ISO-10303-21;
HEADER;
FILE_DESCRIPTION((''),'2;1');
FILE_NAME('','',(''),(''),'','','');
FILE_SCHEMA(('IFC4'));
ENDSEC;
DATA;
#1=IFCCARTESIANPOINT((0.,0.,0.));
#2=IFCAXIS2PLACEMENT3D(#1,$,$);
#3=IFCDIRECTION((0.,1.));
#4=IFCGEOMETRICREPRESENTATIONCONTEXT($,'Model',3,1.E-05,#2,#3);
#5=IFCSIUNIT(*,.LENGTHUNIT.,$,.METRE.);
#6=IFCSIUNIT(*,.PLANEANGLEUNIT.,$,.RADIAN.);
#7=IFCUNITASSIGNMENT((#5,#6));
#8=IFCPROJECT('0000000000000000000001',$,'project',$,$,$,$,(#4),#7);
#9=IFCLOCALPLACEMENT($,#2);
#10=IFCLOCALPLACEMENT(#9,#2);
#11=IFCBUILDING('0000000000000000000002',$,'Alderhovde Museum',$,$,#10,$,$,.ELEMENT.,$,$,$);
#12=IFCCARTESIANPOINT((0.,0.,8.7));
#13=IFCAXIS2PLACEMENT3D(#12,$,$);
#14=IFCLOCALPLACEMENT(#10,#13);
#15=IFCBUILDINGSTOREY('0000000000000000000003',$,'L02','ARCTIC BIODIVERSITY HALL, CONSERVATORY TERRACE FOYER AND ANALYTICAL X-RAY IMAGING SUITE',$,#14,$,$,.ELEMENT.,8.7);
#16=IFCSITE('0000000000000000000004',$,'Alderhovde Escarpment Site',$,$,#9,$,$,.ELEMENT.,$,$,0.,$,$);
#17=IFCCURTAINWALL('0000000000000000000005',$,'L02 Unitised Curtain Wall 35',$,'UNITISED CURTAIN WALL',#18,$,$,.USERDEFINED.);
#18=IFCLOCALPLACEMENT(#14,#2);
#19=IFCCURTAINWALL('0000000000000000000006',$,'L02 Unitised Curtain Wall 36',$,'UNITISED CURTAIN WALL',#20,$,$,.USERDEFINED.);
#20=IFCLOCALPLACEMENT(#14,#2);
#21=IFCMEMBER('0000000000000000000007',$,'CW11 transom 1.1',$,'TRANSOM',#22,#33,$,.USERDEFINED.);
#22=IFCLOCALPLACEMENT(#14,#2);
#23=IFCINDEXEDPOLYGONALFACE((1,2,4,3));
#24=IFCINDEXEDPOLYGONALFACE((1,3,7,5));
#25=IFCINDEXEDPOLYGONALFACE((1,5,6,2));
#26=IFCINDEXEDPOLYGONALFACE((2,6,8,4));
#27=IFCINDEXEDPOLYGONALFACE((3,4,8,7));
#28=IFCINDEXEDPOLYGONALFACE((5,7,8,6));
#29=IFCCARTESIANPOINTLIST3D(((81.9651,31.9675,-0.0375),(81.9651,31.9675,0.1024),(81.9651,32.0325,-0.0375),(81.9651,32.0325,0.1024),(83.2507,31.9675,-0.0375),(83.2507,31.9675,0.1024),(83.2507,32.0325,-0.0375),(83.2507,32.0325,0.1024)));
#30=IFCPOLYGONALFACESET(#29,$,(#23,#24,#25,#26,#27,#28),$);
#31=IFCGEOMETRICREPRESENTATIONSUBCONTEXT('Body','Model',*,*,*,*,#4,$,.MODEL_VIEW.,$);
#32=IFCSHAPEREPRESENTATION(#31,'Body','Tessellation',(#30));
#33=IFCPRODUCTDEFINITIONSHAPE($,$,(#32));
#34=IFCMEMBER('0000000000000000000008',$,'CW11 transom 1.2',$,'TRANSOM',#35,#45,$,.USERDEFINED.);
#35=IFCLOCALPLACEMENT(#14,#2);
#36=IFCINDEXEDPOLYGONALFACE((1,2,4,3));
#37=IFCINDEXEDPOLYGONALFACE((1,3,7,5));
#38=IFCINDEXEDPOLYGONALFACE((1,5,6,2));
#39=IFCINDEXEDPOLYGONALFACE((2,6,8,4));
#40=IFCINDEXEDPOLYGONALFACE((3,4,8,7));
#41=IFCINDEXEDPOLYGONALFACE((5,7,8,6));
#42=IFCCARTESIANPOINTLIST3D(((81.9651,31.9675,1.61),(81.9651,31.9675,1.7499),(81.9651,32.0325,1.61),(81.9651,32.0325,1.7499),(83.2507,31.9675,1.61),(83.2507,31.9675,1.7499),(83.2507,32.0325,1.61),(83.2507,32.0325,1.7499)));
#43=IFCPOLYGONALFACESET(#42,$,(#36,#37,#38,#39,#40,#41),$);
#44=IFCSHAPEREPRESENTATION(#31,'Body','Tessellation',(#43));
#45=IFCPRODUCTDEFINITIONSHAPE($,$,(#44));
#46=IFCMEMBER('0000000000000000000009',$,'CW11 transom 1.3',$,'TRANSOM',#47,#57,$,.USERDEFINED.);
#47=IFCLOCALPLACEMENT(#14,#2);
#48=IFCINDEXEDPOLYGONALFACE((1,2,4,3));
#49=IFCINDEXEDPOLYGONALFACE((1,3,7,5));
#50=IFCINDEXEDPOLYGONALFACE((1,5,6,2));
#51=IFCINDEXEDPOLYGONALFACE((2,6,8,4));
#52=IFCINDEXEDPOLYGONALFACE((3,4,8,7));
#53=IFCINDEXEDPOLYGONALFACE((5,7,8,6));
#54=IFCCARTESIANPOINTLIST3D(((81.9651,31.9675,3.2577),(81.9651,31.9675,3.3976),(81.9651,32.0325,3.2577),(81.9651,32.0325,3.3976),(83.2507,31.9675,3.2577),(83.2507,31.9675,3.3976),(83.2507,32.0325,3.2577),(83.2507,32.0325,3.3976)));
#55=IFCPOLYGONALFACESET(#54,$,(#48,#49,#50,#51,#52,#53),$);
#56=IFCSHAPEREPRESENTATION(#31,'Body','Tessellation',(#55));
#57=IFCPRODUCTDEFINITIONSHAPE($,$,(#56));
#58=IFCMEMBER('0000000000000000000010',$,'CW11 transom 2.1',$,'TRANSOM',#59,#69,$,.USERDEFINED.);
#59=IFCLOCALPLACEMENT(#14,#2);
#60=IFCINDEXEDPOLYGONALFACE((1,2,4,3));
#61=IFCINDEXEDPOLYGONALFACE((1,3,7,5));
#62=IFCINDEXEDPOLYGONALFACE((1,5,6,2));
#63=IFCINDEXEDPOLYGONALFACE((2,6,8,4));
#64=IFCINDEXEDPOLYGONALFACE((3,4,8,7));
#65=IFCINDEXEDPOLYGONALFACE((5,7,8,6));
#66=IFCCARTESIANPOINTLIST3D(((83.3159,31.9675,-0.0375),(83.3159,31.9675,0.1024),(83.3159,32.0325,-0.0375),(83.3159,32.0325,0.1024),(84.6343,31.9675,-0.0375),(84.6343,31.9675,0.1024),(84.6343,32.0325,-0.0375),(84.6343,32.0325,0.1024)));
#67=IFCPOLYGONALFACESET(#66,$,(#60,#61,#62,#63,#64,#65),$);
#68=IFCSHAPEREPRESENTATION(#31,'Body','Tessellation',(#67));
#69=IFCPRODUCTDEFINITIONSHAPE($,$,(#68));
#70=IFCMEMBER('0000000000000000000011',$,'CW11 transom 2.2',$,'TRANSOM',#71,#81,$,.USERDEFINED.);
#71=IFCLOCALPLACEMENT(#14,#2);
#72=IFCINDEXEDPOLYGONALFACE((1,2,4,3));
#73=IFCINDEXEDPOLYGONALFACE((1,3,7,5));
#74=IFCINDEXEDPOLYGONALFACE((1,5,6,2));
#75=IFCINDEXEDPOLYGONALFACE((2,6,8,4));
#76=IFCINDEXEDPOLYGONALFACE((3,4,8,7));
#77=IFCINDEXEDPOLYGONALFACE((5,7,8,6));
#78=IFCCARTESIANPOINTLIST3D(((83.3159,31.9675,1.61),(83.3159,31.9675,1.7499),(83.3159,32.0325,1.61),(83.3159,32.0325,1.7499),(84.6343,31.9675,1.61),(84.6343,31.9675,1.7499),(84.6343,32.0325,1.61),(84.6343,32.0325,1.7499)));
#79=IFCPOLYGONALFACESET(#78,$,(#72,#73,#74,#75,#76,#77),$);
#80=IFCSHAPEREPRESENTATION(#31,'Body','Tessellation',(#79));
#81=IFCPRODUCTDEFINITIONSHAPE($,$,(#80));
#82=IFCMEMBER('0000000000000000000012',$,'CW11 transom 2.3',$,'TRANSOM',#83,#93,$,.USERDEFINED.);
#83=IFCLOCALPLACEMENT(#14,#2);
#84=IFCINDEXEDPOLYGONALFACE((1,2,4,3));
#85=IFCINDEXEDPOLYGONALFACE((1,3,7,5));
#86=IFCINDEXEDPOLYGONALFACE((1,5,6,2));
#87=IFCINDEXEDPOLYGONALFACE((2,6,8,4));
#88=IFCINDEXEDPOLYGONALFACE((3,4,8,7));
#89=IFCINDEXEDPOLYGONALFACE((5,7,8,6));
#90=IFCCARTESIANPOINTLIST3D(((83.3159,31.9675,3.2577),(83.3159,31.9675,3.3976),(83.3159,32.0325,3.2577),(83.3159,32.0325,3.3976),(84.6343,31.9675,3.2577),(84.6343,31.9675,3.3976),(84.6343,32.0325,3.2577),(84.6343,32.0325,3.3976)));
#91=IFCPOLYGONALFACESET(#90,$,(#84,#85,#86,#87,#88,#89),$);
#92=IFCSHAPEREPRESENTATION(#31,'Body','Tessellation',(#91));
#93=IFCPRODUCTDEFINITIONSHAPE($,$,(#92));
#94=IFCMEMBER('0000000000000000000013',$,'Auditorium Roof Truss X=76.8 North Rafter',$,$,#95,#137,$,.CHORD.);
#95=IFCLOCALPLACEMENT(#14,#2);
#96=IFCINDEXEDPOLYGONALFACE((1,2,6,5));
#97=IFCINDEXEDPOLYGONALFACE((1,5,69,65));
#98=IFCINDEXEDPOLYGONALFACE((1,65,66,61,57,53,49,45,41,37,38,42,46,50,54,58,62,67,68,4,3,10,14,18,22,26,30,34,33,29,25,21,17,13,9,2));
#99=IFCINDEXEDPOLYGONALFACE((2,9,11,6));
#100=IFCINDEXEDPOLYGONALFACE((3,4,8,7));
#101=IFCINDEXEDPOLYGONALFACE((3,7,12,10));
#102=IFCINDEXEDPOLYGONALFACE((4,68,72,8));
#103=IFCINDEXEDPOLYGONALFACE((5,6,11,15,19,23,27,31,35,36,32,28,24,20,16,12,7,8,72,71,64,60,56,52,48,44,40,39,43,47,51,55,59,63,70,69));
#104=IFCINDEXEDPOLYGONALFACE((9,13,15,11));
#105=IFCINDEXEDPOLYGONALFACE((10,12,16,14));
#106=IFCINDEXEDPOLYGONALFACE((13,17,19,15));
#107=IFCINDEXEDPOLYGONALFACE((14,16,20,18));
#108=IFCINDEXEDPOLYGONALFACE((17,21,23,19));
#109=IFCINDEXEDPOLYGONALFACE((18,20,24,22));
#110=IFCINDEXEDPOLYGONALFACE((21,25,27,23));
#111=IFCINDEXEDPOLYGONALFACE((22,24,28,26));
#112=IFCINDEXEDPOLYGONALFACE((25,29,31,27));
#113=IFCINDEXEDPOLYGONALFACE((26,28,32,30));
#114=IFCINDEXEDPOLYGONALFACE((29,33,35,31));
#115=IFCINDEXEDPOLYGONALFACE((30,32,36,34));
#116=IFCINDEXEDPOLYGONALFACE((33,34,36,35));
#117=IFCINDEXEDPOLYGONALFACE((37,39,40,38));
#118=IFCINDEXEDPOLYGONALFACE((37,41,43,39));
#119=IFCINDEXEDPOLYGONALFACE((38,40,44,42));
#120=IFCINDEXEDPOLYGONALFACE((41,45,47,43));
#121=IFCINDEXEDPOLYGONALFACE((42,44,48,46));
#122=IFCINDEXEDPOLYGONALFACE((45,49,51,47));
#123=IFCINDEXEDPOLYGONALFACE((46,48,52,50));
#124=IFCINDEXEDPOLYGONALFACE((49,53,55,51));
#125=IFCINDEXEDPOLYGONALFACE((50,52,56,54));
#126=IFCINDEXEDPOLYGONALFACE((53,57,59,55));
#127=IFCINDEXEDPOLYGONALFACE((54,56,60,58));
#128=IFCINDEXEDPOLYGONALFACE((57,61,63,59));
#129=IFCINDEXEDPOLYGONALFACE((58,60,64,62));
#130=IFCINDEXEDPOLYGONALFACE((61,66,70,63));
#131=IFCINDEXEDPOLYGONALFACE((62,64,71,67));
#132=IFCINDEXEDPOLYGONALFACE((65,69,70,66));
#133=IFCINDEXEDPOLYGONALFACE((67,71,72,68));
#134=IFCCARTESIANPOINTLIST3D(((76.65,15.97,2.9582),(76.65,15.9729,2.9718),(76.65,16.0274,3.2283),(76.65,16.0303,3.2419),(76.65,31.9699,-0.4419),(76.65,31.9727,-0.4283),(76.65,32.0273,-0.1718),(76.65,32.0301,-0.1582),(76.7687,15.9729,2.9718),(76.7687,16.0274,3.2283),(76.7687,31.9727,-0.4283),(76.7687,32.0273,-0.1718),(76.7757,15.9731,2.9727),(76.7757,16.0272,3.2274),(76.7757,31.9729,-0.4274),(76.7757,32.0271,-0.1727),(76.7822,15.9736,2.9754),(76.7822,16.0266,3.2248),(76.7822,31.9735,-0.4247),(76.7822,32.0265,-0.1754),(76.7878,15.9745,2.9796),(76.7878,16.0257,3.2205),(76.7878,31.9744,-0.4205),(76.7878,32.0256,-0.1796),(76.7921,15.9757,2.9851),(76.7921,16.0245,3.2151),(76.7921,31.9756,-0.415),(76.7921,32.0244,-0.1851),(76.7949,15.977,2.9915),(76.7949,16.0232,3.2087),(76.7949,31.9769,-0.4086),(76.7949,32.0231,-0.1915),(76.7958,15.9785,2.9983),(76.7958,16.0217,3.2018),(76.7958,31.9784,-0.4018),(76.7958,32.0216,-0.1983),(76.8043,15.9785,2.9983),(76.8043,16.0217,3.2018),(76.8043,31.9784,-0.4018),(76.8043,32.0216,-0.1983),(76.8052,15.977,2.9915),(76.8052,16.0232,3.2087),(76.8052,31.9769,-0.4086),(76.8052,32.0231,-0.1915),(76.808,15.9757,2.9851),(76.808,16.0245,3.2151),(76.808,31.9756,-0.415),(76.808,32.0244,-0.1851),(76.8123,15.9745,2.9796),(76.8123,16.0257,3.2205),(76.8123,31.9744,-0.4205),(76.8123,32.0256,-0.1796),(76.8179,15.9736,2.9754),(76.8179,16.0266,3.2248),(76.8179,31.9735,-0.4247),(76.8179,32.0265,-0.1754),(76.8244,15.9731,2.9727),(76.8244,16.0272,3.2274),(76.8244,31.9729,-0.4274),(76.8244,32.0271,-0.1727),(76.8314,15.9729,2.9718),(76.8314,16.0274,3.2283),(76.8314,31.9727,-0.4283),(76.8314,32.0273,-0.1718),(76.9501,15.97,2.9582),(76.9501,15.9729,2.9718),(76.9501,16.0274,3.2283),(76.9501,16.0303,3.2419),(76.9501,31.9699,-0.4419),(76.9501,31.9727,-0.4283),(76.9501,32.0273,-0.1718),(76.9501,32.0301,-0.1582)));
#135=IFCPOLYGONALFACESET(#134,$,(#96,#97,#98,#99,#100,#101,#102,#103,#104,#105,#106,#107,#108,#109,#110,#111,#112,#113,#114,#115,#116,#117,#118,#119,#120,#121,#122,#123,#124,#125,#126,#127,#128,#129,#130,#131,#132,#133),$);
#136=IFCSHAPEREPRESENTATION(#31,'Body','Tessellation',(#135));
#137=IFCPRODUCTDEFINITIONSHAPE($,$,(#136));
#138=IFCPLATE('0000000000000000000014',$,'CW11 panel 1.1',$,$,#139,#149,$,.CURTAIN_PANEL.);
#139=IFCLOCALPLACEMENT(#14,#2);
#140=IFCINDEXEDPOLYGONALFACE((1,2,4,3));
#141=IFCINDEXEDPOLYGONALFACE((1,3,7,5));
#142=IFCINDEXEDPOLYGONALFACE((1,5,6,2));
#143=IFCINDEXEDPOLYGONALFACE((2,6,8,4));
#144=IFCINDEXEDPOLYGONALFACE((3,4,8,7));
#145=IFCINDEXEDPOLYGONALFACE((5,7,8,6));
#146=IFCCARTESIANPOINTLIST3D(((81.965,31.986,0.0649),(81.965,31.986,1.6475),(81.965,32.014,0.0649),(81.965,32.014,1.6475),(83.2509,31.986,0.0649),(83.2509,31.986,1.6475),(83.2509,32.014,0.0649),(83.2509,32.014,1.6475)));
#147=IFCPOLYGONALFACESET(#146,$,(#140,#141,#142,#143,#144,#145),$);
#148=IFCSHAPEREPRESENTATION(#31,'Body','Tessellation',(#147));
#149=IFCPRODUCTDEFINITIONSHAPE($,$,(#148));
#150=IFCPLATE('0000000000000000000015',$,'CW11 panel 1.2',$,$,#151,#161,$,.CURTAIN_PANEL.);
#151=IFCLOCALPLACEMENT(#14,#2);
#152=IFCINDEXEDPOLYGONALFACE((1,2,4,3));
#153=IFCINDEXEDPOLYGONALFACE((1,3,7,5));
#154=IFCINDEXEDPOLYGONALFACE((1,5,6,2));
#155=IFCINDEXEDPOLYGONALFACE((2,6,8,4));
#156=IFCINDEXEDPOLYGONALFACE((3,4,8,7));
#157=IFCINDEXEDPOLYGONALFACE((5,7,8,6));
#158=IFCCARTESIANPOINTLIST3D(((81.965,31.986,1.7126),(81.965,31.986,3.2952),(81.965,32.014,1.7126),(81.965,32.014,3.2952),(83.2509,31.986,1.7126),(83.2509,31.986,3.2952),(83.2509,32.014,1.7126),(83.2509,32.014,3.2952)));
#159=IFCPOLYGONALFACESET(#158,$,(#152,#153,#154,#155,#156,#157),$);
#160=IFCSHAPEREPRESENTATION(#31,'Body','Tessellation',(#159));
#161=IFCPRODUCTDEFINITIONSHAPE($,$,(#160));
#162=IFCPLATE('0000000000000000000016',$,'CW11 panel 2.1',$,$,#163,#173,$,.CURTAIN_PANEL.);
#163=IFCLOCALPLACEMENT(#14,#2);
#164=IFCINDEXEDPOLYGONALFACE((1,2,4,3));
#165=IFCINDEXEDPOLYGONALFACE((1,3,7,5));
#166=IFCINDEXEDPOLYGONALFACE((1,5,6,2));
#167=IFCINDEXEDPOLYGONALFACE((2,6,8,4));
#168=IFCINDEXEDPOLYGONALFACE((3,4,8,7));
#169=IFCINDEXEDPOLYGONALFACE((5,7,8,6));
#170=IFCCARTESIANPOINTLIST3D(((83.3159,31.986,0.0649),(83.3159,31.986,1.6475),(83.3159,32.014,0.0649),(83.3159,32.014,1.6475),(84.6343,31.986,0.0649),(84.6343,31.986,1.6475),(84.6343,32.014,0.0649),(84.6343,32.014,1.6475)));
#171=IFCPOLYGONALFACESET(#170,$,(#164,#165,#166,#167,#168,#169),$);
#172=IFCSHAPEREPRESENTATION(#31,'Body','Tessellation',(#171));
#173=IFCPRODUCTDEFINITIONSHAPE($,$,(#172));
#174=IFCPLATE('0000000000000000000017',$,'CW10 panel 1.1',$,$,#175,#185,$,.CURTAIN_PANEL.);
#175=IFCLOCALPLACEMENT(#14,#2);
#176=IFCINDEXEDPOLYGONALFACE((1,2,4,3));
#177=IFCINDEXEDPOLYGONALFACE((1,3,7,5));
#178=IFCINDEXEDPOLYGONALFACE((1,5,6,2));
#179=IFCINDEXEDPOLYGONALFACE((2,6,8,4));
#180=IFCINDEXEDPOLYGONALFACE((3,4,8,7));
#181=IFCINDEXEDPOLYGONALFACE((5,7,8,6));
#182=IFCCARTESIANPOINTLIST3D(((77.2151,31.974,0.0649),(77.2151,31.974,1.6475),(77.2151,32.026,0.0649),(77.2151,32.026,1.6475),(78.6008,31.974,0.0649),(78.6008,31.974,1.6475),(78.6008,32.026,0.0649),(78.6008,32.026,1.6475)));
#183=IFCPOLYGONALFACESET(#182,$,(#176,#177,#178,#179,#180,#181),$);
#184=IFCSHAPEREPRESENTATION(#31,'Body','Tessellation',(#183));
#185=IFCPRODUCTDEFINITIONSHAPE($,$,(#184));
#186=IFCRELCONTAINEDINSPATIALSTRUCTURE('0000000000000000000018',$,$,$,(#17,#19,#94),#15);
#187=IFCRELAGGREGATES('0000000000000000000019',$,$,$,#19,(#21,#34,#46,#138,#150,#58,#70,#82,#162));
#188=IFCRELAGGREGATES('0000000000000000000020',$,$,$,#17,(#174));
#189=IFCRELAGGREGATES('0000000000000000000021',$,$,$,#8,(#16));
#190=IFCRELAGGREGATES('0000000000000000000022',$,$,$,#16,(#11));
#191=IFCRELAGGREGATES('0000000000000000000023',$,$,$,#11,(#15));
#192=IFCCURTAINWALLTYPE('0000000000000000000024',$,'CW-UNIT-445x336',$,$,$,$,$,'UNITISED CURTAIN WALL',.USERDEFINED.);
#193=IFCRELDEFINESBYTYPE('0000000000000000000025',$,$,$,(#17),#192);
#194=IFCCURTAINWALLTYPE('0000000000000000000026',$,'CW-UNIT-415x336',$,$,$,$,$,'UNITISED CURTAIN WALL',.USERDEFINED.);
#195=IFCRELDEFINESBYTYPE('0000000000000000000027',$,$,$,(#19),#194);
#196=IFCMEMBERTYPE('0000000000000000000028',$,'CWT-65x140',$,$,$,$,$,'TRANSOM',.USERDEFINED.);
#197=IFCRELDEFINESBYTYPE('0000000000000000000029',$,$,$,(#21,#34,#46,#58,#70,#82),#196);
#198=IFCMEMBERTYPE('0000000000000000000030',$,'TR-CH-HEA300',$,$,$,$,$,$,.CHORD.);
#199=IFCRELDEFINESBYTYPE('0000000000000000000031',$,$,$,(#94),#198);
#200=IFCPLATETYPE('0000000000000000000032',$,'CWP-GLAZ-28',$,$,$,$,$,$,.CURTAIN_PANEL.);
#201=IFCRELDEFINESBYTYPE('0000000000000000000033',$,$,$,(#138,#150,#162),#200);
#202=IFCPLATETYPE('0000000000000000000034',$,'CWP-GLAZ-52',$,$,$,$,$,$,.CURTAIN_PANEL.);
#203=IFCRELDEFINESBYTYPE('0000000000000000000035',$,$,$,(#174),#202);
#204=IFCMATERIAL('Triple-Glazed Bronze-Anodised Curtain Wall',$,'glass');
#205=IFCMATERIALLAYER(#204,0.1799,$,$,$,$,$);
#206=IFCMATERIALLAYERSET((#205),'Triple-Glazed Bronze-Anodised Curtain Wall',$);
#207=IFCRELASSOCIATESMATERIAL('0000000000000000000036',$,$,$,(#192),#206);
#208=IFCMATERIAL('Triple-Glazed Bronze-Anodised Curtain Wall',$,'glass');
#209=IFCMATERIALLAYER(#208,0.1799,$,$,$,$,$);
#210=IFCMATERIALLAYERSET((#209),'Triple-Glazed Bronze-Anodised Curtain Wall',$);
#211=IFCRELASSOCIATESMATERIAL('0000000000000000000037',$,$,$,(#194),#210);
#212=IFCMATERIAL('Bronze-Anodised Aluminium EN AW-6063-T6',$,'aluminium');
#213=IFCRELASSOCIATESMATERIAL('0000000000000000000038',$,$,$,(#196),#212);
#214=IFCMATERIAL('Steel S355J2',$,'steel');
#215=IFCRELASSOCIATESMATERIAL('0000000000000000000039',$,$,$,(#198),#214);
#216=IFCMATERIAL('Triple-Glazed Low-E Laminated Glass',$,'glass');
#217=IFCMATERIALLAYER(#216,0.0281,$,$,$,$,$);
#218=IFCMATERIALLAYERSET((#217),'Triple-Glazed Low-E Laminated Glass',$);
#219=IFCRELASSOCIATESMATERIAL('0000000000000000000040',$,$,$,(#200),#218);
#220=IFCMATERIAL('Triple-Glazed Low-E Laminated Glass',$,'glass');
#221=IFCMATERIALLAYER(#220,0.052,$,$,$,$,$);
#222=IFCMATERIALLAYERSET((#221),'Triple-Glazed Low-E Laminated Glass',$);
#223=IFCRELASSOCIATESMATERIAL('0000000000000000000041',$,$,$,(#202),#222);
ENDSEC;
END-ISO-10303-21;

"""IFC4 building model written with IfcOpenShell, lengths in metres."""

from ifc_helpers import new_model, si_unit, direction, frame, origin, origin_2d, place, context, subcontext, project, spatial, rectangle, i_section, extrude, material, layer, layer_set, material_profile, profile_set, type_object, element, aggregate, save


model = new_model("IFC4")

# Units and contexts
model_context = context("Model", 3, precision=1e-05, world=origin(), true_north=direction((0.0, 1.0)))
body_context = subcontext(model_context, "Body", "Model", "MODEL_VIEW")
ifc_project = project(units=[si_unit("LENGTHUNIT", "METRE"), si_unit("PLANEANGLEUNIT", "RADIAN")], contexts=[model_context])

# Site, building, storey
site_placement = place(None, origin())
site = spatial("IfcSite", under=ifc_project, at=site_placement, Name="Alderhovde Escarpment Site", CompositionType="ELEMENT", RefElevation=0.0)
building_placement = place(site_placement, origin())
building = spatial("IfcBuilding", under=site, at=building_placement, Name="Alderhovde Museum", CompositionType="ELEMENT")
storey_placement = place(building_placement, frame((0.0, 0.0, 8.7)))
storey = spatial("IfcBuildingStorey", under=building, at=storey_placement, Name="L02", Description="ARCTIC BIODIVERSITY HALL, CONSERVATORY TERRACE FOYER AND ANALYTICAL X-RAY IMAGING SUITE", CompositionType="ELEMENT", Elevation=8.7)

# Curtain walls
ifc_material_1 = material(Name="Triple-Glazed Bronze-Anodised Curtain Wall", Category="glass")
ifc_layer_1 = layer(ifc_material_1, 0.1799)
ifc_layer_set_1 = layer_set([ifc_layer_1], Name="Triple-Glazed Bronze-Anodised Curtain Wall")
curtain_wall_type_1 = type_object("IfcCurtainWallType", Name="CW-UNIT-445x336", ElementType="UNITISED CURTAIN WALL", PredefinedType="USERDEFINED", material=ifc_layer_set_1)
curtain_wall_1_placement = place(storey_placement, origin())
curtain_wall_1 = element("IfcCurtainWall", 1, at=curtain_wall_1_placement, inside=storey, type_object=curtain_wall_type_1, Name="L02 Unitised Curtain Wall 35", ObjectType="UNITISED CURTAIN WALL", PredefinedType="USERDEFINED")
ifc_material_2 = material(Name="Triple-Glazed Bronze-Anodised Curtain Wall", Category="glass")
ifc_layer_2 = layer(ifc_material_2, 0.1799)
ifc_layer_set_2 = layer_set([ifc_layer_2], Name="Triple-Glazed Bronze-Anodised Curtain Wall")
curtain_wall_type_2 = type_object("IfcCurtainWallType", Name="CW-UNIT-415x336", ElementType="UNITISED CURTAIN WALL", PredefinedType="USERDEFINED", material=ifc_layer_set_2)
curtain_wall_2_placement = place(storey_placement, origin())
curtain_wall_2 = element("IfcCurtainWall", 2, at=curtain_wall_2_placement, inside=storey, type_object=curtain_wall_type_2, Name="L02 Unitised Curtain Wall 36", ObjectType="UNITISED CURTAIN WALL", PredefinedType="USERDEFINED")

# Members
ifc_material_3 = material(Name="Bronze-Anodised Aluminium EN AW-6063-T6", Category="aluminium")
ifc_material_profile_1 = material_profile(ifc_material_3, rectangle(XDim=0.0649, YDim=0.1399, at=origin_2d()), Name="TRANSOM 65x140")
ifc_profile_set_1 = profile_set([ifc_material_profile_1], Name="Bronze-Anodised Aluminium EN AW-6063-T6")
member_type_1 = type_object("IfcMemberType", Name="CWT-65x140", ElementType="TRANSOM", PredefinedType="USERDEFINED", material=ifc_profile_set_1)
member_1_placement = place(storey_placement, frame((81.9651, 32.0, 0.0325), z_axis=(1.0, 0.0, 0.0), x_axis=(0.0, 1.0, 0.0)))
member_1 = element("IfcMember", 3, at=member_1_placement, type_object=member_type_1, Name="CW11 transom 1.1", ObjectType="TRANSOM", PredefinedType="USERDEFINED", context=body_context, shape_type="SweptSolid", body=[
    extrude(rectangle(XDim=0.0649, YDim=0.1399, at=origin_2d()), origin(), (0.0, 0.0, 1.0), 1.2856),
])
member_2_placement = place(storey_placement, frame((81.9651, 32.0, 1.6799), z_axis=(1.0, 0.0, 0.0), x_axis=(0.0, 1.0, 0.0)))
member_2 = element("IfcMember", 4, at=member_2_placement, type_object=member_type_1, Name="CW11 transom 1.2", ObjectType="TRANSOM", PredefinedType="USERDEFINED", context=body_context, shape_type="SweptSolid", body=[
    extrude(rectangle(XDim=0.0649, YDim=0.1399, at=origin_2d()), origin(), (0.0, 0.0, 1.0), 1.2856),
])
member_3_placement = place(storey_placement, frame((81.9651, 32.0, 3.3276), z_axis=(1.0, 0.0, 0.0), x_axis=(0.0, 1.0, 0.0)))
member_3 = element("IfcMember", 5, at=member_3_placement, type_object=member_type_1, Name="CW11 transom 1.3", ObjectType="TRANSOM", PredefinedType="USERDEFINED", context=body_context, shape_type="SweptSolid", body=[
    extrude(rectangle(XDim=0.0649, YDim=0.1399, at=origin_2d()), origin(), (0.0, 0.0, 1.0), 1.2856),
])
member_4_placement = place(storey_placement, frame((83.3159, 32.0, 0.0325), z_axis=(1.0, 0.0, 0.0), x_axis=(0.0, 1.0, 0.0)))
member_4 = element("IfcMember", 6, at=member_4_placement, type_object=member_type_1, Name="CW11 transom 2.1", ObjectType="TRANSOM", PredefinedType="USERDEFINED", context=body_context, shape_type="SweptSolid", body=[
    extrude(rectangle(XDim=0.0649, YDim=0.1399, at=origin_2d()), origin(), (0.0, 0.0, 1.0), 1.3184),
])
member_5_placement = place(storey_placement, frame((83.3159, 32.0, 1.6799), z_axis=(1.0, 0.0, 0.0), x_axis=(0.0, 1.0, 0.0)))
member_5 = element("IfcMember", 7, at=member_5_placement, type_object=member_type_1, Name="CW11 transom 2.2", ObjectType="TRANSOM", PredefinedType="USERDEFINED", context=body_context, shape_type="SweptSolid", body=[
    extrude(rectangle(XDim=0.0649, YDim=0.1399, at=origin_2d()), origin(), (0.0, 0.0, 1.0), 1.3184),
])
member_6_placement = place(storey_placement, frame((83.3159, 32.0, 3.3276), z_axis=(1.0, 0.0, 0.0), x_axis=(0.0, 1.0, 0.0)))
member_6 = element("IfcMember", 8, at=member_6_placement, type_object=member_type_1, Name="CW11 transom 2.3", ObjectType="TRANSOM", PredefinedType="USERDEFINED", context=body_context, shape_type="SweptSolid", body=[
    extrude(rectangle(XDim=0.0649, YDim=0.1399, at=origin_2d()), origin(), (0.0, 0.0, 1.0), 1.3184),
])
ifc_material_4 = material(Name="Steel S355J2", Category="steel")
ifc_material_profile_2 = material_profile(ifc_material_4, i_section(OverallWidth=0.3, OverallDepth=0.29, WebThickness=0.0085, FlangeThickness=0.0139, FilletRadius=0.0271, at=origin_2d()), Name="HEA 300")
ifc_profile_set_2 = profile_set([ifc_material_profile_2], Name="Steel S355J2")
member_type_2 = type_object("IfcMemberType", Name="TR-CH-HEA300", PredefinedType="CHORD", material=ifc_profile_set_2)
member_7_placement = place(storey_placement, frame((76.8, 32.0, -0.3), z_axis=(0.0, -0.978157, 0.207867), x_axis=(1.0, 0.0, 0.0)))
element("IfcMember", 9, at=member_7_placement, inside=storey, type_object=member_type_2, Name="Auditorium Roof Truss X=76.8 North Rafter", PredefinedType="CHORD", context=body_context, shape_type="SweptSolid", body=[
    extrude(i_section(OverallWidth=0.3, OverallDepth=0.29, WebThickness=0.0085, FlangeThickness=0.0139, FilletRadius=0.0271, at=origin_2d()), origin(), (0.0, 0.0, 1.0), 16.3572),
])

# Plates
ifc_material_5 = material(Name="Triple-Glazed Low-E Laminated Glass", Category="glass")
ifc_layer_3 = layer(ifc_material_5, 0.0281)
ifc_layer_set_3 = layer_set([ifc_layer_3], Name="Triple-Glazed Low-E Laminated Glass")
plate_type_1 = type_object("IfcPlateType", Name="CWP-GLAZ-28", PredefinedType="CURTAIN_PANEL", material=ifc_layer_set_3)
plate_1_placement = place(storey_placement, frame((82.6079, 32.0, 0.0649), z_axis=(0.0, 0.0, 1.0), x_axis=(1.0, 0.0, 0.0)))
plate_1 = element("IfcPlate", 10, at=plate_1_placement, type_object=plate_type_1, Name="CW11 panel 1.1", PredefinedType="CURTAIN_PANEL", context=body_context, shape_type="SweptSolid", body=[
    extrude(rectangle(XDim=1.2859, YDim=0.0281, at=origin_2d()), origin(), (0.0, 0.0, 1.0), 1.5825),
])
plate_2_placement = place(storey_placement, frame((82.6079, 32.0, 1.7126), z_axis=(0.0, 0.0, 1.0), x_axis=(1.0, 0.0, 0.0)))
plate_2 = element("IfcPlate", 11, at=plate_2_placement, type_object=plate_type_1, Name="CW11 panel 1.2", PredefinedType="CURTAIN_PANEL", context=body_context, shape_type="SweptSolid", body=[
    extrude(rectangle(XDim=1.2859, YDim=0.0281, at=origin_2d()), origin(), (0.0, 0.0, 1.0), 1.5825),
])
plate_3_placement = place(storey_placement, frame((83.9751, 32.0, 0.0649), z_axis=(0.0, 0.0, 1.0), x_axis=(1.0, 0.0, 0.0)))
plate_3 = element("IfcPlate", 12, at=plate_3_placement, type_object=plate_type_1, Name="CW11 panel 2.1", PredefinedType="CURTAIN_PANEL", context=body_context, shape_type="SweptSolid", body=[
    extrude(rectangle(XDim=1.3184, YDim=0.0281, at=origin_2d()), origin(), (0.0, 0.0, 1.0), 1.5825),
])
aggregate(curtain_wall_2, [member_1, member_2, member_3, plate_1, plate_2, member_4, member_5, member_6, plate_3])
ifc_material_6 = material(Name="Triple-Glazed Low-E Laminated Glass", Category="glass")
ifc_layer_4 = layer(ifc_material_6, 0.052)
ifc_layer_set_4 = layer_set([ifc_layer_4], Name="Triple-Glazed Low-E Laminated Glass")
plate_type_2 = type_object("IfcPlateType", Name="CWP-GLAZ-52", PredefinedType="CURTAIN_PANEL", material=ifc_layer_set_4)
plate_4_placement = place(storey_placement, frame((77.908, 32.0, 0.0649), z_axis=(0.0, 0.0, 1.0), x_axis=(1.0, 0.0, 0.0)))
plate_4 = element("IfcPlate", 13, at=plate_4_placement, type_object=plate_type_2, Name="CW10 panel 1.1", PredefinedType="CURTAIN_PANEL", context=body_context, shape_type="SweptSolid", body=[
    extrude(rectangle(XDim=1.3857, YDim=0.052, at=origin_2d()), origin(), (0.0, 0.0, 1.0), 1.5825),
])
aggregate(curtain_wall_1, [plate_4])

save(model, "model.ifc")
